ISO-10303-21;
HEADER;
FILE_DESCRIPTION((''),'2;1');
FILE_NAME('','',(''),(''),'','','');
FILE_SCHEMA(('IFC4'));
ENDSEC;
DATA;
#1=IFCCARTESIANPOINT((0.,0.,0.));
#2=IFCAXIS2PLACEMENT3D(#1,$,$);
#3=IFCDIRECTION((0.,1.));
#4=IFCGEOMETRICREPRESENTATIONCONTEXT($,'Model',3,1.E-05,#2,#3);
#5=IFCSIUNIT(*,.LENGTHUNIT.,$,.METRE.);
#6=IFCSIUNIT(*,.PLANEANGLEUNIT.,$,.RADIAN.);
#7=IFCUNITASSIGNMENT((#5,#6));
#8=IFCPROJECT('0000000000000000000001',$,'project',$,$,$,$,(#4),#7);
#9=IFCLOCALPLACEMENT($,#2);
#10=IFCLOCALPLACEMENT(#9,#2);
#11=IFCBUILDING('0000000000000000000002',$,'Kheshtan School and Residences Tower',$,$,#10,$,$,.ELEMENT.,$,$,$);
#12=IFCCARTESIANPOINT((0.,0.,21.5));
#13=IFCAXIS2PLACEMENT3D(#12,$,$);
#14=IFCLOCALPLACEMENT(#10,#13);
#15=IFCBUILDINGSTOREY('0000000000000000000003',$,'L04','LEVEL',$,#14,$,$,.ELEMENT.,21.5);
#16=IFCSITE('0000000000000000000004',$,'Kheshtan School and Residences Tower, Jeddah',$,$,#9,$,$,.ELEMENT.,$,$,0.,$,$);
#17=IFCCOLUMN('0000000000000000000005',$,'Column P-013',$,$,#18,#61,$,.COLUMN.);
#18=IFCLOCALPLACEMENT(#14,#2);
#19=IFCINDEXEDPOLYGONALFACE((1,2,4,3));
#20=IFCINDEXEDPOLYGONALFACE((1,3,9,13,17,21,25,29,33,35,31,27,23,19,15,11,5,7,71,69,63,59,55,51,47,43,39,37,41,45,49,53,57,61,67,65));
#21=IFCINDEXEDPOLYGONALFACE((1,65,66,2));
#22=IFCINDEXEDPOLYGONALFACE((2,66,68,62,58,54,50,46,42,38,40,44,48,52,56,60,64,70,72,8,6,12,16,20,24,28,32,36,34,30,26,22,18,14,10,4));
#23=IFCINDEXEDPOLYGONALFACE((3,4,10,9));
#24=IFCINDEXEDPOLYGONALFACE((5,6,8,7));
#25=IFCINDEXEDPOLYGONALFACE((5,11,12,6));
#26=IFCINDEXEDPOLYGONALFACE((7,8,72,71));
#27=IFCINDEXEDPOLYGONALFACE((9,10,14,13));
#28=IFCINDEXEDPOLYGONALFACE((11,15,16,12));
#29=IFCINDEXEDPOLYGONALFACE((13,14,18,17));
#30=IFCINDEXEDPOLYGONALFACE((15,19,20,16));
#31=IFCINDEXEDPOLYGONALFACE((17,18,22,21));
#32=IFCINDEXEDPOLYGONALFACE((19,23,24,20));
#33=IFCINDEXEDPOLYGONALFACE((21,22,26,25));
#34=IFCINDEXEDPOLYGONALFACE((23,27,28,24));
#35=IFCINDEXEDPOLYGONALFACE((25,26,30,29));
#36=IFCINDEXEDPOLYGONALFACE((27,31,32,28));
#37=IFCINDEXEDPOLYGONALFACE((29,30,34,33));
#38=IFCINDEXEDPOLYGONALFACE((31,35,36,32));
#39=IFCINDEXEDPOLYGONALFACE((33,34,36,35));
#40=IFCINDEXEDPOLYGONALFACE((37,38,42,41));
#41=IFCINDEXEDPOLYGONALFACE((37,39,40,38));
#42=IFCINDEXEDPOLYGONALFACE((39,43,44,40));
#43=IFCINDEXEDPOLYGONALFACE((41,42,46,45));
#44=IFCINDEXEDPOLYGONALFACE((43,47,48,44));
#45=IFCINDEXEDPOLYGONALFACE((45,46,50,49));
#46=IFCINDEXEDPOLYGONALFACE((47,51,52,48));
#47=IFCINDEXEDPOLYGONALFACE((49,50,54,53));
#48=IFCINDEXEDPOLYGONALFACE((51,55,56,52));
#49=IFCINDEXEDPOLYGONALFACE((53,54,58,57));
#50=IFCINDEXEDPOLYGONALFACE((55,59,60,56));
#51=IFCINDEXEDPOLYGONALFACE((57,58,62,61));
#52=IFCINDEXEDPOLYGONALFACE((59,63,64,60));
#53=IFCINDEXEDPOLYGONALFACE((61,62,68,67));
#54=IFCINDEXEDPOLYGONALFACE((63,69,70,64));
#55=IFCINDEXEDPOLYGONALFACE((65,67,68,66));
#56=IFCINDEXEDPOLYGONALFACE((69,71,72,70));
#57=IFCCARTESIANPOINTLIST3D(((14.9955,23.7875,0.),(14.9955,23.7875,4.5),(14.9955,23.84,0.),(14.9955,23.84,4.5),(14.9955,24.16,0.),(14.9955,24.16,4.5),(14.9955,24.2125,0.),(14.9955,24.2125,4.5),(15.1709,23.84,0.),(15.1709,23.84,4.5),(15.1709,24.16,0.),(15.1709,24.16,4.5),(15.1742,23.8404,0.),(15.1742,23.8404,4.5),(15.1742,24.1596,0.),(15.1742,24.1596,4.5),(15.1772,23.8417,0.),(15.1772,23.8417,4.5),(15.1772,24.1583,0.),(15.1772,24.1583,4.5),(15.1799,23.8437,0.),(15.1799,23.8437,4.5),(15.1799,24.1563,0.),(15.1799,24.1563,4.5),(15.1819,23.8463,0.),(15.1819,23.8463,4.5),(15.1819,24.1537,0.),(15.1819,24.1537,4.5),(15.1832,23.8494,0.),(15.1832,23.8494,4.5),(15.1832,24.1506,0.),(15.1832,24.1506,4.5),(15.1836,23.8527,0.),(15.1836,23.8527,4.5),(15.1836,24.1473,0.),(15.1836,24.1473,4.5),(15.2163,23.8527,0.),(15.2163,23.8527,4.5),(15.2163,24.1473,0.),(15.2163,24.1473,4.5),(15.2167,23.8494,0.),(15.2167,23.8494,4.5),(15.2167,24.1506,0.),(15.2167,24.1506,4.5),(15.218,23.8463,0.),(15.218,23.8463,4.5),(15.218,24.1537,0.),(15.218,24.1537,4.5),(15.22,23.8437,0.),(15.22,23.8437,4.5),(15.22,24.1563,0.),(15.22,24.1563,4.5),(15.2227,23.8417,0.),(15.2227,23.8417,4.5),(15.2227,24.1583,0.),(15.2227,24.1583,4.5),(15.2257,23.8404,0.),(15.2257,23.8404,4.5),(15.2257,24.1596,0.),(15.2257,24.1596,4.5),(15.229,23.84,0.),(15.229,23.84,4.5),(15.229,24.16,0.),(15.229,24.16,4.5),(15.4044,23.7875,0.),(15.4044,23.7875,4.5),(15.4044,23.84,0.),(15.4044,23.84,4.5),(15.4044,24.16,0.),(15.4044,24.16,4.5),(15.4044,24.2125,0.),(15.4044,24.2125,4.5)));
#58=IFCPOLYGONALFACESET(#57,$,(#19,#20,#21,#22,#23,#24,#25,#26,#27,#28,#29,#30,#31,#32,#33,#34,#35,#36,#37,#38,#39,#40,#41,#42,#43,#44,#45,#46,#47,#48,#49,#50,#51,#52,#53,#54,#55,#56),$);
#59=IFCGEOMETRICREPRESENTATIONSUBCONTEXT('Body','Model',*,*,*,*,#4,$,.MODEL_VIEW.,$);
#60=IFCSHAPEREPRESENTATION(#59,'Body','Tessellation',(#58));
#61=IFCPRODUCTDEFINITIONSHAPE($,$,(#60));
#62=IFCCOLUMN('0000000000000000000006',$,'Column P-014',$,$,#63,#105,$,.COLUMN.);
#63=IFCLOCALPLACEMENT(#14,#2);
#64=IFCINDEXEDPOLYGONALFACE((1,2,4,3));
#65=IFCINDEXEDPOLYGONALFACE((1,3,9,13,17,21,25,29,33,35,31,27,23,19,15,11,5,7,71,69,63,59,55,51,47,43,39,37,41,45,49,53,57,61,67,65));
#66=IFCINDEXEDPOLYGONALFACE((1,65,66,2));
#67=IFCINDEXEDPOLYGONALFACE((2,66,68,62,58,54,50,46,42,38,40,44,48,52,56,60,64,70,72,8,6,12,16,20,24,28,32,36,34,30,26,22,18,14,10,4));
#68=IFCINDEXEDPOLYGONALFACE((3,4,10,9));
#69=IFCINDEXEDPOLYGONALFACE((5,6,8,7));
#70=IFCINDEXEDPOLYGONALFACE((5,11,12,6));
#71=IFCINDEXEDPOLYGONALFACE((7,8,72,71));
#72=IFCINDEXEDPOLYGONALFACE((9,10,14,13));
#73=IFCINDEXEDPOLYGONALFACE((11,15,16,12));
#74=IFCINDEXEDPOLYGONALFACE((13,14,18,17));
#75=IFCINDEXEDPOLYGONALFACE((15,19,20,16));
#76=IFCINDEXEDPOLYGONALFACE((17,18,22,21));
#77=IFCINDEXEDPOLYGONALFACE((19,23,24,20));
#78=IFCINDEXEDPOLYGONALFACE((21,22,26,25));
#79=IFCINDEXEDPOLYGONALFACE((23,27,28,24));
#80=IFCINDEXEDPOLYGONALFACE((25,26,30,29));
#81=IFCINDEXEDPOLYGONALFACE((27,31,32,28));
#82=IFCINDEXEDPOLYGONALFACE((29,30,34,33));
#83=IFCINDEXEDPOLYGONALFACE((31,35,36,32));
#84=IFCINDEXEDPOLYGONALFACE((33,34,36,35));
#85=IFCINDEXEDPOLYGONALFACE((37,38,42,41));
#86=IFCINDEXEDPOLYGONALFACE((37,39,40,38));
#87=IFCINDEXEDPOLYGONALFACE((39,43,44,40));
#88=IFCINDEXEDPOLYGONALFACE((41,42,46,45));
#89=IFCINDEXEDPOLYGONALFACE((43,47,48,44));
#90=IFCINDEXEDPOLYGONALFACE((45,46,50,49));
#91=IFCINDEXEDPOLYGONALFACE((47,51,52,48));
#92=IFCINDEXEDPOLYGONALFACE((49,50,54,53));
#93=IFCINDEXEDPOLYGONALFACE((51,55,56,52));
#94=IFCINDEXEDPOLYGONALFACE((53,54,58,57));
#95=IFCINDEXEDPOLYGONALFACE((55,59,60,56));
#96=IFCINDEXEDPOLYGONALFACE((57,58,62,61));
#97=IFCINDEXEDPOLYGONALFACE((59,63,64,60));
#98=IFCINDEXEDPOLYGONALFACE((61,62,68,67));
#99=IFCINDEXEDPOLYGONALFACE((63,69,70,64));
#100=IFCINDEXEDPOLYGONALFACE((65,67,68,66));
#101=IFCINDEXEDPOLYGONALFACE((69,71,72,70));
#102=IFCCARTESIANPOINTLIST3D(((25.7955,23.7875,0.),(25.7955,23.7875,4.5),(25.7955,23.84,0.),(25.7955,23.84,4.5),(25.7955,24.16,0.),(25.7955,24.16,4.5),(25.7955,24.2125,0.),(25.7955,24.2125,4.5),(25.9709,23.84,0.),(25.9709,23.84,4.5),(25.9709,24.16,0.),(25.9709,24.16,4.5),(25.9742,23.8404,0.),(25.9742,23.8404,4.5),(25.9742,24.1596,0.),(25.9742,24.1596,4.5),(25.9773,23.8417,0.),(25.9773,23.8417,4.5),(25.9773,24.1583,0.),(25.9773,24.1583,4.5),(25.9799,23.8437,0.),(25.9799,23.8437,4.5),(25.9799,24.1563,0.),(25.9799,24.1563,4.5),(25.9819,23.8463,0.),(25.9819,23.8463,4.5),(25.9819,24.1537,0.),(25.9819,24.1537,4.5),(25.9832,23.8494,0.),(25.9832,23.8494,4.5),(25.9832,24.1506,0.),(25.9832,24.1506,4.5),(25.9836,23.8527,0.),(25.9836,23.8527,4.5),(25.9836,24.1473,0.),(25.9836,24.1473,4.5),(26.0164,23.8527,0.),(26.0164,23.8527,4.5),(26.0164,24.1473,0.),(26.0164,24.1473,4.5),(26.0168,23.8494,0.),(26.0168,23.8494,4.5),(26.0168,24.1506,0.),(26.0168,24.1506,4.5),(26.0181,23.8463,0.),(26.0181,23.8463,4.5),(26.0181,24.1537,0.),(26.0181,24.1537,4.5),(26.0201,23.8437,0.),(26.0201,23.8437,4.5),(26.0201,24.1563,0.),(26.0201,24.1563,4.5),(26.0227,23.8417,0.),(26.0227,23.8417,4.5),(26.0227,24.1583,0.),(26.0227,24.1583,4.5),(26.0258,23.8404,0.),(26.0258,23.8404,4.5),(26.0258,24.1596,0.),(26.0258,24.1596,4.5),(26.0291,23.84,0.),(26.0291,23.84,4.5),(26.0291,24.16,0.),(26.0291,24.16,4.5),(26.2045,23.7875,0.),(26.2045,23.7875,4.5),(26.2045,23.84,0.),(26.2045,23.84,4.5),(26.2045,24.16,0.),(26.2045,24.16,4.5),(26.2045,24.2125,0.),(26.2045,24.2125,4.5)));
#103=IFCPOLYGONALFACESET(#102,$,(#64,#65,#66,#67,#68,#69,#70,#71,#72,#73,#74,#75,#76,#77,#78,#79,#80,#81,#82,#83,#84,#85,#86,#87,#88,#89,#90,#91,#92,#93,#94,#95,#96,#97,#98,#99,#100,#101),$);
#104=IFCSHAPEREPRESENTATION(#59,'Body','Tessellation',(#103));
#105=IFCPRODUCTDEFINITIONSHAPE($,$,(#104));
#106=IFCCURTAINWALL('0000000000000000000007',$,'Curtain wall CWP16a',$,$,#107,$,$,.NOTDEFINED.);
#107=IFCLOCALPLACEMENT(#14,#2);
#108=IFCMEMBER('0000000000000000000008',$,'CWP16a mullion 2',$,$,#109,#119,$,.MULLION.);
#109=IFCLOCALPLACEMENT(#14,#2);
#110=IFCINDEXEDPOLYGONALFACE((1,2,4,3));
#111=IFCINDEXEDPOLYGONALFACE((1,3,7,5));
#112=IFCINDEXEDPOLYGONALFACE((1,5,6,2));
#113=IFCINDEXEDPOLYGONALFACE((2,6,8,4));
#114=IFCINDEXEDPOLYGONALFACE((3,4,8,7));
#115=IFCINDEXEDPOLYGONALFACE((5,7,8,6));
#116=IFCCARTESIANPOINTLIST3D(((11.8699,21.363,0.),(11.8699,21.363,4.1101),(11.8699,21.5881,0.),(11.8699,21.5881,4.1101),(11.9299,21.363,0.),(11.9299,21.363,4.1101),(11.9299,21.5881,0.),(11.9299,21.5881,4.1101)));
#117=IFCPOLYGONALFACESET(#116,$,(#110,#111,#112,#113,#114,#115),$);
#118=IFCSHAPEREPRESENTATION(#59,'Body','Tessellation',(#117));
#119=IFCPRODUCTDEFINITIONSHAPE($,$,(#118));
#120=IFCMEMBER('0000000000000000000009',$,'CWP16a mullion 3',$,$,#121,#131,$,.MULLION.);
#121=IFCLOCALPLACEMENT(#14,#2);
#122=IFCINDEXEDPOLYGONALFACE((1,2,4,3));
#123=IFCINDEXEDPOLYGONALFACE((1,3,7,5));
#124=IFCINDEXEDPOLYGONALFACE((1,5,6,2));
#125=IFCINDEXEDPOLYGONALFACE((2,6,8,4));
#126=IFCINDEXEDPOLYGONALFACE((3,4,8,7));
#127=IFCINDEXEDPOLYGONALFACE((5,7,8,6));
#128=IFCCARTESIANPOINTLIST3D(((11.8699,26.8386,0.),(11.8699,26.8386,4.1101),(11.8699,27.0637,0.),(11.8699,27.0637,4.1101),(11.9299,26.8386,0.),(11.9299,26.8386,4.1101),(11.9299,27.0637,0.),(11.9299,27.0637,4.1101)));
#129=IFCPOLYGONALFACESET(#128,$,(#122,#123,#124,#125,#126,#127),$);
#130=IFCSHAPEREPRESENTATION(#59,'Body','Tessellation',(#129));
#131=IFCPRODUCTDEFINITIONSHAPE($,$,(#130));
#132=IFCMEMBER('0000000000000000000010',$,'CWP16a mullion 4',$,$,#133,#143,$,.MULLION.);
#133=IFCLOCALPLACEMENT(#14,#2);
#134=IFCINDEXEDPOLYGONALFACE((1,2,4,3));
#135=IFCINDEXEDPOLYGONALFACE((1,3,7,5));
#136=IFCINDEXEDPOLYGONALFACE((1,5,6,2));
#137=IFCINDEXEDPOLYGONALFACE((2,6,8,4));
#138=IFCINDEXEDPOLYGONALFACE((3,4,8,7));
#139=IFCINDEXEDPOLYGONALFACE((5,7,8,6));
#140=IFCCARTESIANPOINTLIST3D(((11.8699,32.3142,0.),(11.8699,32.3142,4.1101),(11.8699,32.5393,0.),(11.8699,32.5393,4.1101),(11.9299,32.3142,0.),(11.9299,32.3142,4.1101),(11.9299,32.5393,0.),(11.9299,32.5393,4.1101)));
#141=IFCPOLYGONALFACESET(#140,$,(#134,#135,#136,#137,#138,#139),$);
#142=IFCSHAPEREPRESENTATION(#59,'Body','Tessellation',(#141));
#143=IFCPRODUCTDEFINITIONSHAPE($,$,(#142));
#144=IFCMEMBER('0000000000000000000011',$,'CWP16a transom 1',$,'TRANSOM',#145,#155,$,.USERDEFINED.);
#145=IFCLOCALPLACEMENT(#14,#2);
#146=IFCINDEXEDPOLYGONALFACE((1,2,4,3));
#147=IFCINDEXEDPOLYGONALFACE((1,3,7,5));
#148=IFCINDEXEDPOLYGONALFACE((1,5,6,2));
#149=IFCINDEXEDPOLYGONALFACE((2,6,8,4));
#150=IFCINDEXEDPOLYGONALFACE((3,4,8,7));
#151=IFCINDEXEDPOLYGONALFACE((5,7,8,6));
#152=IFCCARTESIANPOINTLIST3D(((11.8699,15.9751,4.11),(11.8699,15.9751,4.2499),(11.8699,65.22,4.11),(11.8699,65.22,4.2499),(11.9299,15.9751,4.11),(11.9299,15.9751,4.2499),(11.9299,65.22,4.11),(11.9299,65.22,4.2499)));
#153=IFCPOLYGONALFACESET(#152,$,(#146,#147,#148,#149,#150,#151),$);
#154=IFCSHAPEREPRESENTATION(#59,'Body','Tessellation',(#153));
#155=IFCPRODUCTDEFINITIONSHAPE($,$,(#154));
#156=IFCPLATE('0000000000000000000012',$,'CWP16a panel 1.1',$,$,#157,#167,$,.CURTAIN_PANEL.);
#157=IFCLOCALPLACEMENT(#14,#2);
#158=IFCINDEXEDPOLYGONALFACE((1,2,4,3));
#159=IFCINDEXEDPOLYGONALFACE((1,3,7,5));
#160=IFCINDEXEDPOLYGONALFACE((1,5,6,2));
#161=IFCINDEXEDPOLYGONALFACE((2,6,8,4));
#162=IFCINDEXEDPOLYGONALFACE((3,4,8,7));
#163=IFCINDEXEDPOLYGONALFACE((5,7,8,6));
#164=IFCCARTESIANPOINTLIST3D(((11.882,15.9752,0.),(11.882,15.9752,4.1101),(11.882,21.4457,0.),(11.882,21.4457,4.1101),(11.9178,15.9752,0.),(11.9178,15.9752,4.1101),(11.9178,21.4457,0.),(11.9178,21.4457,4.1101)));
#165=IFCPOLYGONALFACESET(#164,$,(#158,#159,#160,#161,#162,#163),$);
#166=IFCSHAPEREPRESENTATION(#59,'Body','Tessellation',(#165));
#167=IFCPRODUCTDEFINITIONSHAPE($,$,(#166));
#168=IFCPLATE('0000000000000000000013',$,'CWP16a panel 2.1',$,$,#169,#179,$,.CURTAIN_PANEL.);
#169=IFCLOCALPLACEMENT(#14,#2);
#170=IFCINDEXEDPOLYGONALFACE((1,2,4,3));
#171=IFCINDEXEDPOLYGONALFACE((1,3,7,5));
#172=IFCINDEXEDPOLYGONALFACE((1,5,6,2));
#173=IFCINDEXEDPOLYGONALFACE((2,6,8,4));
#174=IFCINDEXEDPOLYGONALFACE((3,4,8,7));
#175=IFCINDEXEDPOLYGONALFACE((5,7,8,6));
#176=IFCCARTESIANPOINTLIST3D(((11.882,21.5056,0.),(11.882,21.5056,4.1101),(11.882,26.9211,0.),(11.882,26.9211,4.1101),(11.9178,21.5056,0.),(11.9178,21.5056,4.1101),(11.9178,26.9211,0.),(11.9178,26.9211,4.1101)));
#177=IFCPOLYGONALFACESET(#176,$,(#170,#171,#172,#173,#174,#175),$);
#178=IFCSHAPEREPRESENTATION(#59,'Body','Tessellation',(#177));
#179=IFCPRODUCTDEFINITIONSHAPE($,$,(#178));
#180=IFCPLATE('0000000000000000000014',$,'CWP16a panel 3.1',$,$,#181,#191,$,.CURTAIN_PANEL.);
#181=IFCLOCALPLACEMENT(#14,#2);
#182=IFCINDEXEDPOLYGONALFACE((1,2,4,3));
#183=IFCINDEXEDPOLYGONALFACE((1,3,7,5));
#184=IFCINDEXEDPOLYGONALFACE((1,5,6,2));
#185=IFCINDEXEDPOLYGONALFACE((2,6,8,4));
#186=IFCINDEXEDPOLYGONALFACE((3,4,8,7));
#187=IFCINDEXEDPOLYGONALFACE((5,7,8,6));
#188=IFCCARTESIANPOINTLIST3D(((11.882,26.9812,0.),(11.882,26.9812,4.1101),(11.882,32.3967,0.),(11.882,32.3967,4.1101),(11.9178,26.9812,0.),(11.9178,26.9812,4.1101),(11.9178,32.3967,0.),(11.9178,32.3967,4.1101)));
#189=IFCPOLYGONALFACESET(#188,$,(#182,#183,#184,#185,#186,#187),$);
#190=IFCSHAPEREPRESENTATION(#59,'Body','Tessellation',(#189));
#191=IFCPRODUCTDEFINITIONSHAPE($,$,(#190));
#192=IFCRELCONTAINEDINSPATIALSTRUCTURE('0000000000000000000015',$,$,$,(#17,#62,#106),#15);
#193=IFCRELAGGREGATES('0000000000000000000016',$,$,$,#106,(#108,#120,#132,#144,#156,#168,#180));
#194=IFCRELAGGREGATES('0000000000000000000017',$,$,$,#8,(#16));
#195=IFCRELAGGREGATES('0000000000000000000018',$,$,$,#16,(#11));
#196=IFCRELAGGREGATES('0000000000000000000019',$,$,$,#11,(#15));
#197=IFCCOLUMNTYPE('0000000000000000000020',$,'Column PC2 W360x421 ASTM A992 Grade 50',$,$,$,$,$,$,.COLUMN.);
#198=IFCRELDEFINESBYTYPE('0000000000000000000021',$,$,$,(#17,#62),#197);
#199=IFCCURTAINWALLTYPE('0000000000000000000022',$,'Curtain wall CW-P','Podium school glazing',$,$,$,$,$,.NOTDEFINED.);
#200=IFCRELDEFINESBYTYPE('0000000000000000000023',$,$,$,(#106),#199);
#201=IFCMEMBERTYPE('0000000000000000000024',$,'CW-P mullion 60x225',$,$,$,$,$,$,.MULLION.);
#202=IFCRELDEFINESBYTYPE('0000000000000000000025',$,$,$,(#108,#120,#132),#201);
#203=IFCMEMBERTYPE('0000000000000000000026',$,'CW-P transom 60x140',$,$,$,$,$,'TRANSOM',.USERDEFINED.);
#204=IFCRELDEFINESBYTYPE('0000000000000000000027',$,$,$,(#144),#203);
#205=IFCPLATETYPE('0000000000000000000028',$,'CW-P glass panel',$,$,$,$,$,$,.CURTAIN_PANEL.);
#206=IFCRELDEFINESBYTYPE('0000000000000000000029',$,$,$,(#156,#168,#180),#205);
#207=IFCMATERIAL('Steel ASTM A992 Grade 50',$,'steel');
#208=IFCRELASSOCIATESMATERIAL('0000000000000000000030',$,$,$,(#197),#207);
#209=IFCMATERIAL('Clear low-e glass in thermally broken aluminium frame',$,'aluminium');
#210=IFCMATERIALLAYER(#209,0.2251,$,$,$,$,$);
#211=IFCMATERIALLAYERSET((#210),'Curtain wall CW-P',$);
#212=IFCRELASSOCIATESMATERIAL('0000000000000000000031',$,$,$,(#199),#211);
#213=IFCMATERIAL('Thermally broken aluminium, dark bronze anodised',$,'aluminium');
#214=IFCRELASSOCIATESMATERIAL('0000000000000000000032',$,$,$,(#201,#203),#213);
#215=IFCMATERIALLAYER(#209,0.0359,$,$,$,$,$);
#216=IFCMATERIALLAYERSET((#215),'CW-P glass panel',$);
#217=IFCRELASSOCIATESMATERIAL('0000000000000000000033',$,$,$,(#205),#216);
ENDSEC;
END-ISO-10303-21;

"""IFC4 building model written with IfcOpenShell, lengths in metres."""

from ifc_helpers import new_model, si_unit, direction, frame, origin, origin_2d, place, context, subcontext, project, spatial, rectangle, i_section, extrude, material, layer, layer_set, material_profile, profile_set, type_object, element, aggregate, save


model = new_model("IFC4")

# Units and contexts
model_context = context("Model", 3, precision=1e-05, world=origin(), true_north=direction((0.0, 1.0)))
body_context = subcontext(model_context, "Body", "Model", "MODEL_VIEW")
ifc_project = project(units=[si_unit("LENGTHUNIT", "METRE"), si_unit("PLANEANGLEUNIT", "RADIAN")], contexts=[model_context])

# Site, building, storey
site_placement = place(None, origin())
site = spatial("IfcSite", under=ifc_project, at=site_placement, Name="Kheshtan School and Residences Tower, Jeddah", CompositionType="ELEMENT", RefElevation=0.0)
building_placement = place(site_placement, origin())
building = spatial("IfcBuilding", under=site, at=building_placement, Name="Kheshtan School and Residences Tower", CompositionType="ELEMENT")
storey_placement = place(building_placement, frame((0.0, 0.0, 21.5)))
storey = spatial("IfcBuildingStorey", under=building, at=storey_placement, Name="L04", Description="LEVEL", CompositionType="ELEMENT", Elevation=21.5)

# Columns
ifc_material_1 = material(Name="Steel ASTM A992 Grade 50", Category="steel")
ifc_material_profile_1 = material_profile(ifc_material_1, i_section(OverallWidth=0.4089, OverallDepth=0.425, WebThickness=0.0327, FlangeThickness=0.0525, FilletRadius=0.0127, at=origin_2d()), Name="W360x421")
ifc_profile_set_1 = profile_set([ifc_material_profile_1], Name="Steel ASTM A992 Grade 50")
column_type = type_object("IfcColumnType", Name="Column PC2 W360x421 ASTM A992 Grade 50", PredefinedType="COLUMN", material=ifc_profile_set_1)
for number, where, z_axis, x_axis, name in (
    (1, (15.2, 24.0, 0.0), (0.0, 0.0, 1.0), (1.0, 0.0, 0.0), "Column P-013"),
    (2, (26.0, 24.0, 0.0), (0.0, 0.0, 1.0), (1.0, 0.0, 0.0), "Column P-014"),
):
    element("IfcColumn", number, at=place(storey_placement, frame(where, z_axis=z_axis, x_axis=x_axis)), inside=storey, type_object=column_type, Name=name, PredefinedType="COLUMN", context=body_context, shape_type="SweptSolid", body=[
        extrude(i_section(OverallWidth=0.4089, OverallDepth=0.425, WebThickness=0.0327, FlangeThickness=0.0525, FilletRadius=0.0127, at=origin_2d()), origin(), (0.0, 0.0, 1.0), 4.5),
    ])

# Curtain wall, members, plates
ifc_material_2 = material(Name="Clear low-e glass in thermally broken aluminium frame", Category="aluminium")
ifc_layer_1 = layer(ifc_material_2, 0.2251)
ifc_layer_set_1 = layer_set([ifc_layer_1], Name="Curtain wall CW-P")
curtain_wall_type = type_object("IfcCurtainWallType", Name="Curtain wall CW-P", Description="Podium school glazing", PredefinedType="NOTDEFINED", material=ifc_layer_set_1)
curtain_wall_placement = place(storey_placement, origin())
curtain_wall = element("IfcCurtainWall", 3, at=curtain_wall_placement, inside=storey, type_object=curtain_wall_type, Name="Curtain wall CWP16a", PredefinedType="NOTDEFINED")
ifc_material_3 = material(Name="Thermally broken aluminium, dark bronze anodised", Category="aluminium")
ifc_material_profile_2 = material_profile(ifc_material_3, rectangle(XDim=0.0601, YDim=0.2251, at=origin_2d()), Name="CW-P mullion 60x225")
ifc_profile_set_2 = profile_set([ifc_material_profile_2], Name="Thermally broken aluminium, dark bronze anodised")
member_type_1 = type_object("IfcMemberType", Name="CW-P mullion 60x225", PredefinedType="MULLION", material=ifc_profile_set_2)
member_1_placement = place(storey_placement, frame((11.8999, 21.4756, 0.0), z_axis=(0.0, 0.0, 1.0), x_axis=(-1.0, 0.0, 0.0)))
member_1 = element("IfcMember", 4, at=member_1_placement, type_object=member_type_1, Name="CWP16a mullion 2", PredefinedType="MULLION", context=body_context, shape_type="SweptSolid", body=[
    extrude(rectangle(XDim=0.0601, YDim=0.2251, at=origin_2d()), origin(), (0.0, 0.0, 1.0), 4.1101),
])
member_2_placement = place(storey_placement, frame((11.8999, 26.9512, 0.0), z_axis=(0.0, 0.0, 1.0), x_axis=(-1.0, 0.0, 0.0)))
member_2 = element("IfcMember", 5, at=member_2_placement, type_object=member_type_1, Name="CWP16a mullion 3", PredefinedType="MULLION", context=body_context, shape_type="SweptSolid", body=[
    extrude(rectangle(XDim=0.0601, YDim=0.2251, at=origin_2d()), origin(), (0.0, 0.0, 1.0), 4.1101),
])
member_3_placement = place(storey_placement, frame((11.8999, 32.4268, 0.0), z_axis=(0.0, 0.0, 1.0), x_axis=(-1.0, 0.0, 0.0)))
member_3 = element("IfcMember", 6, at=member_3_placement, type_object=member_type_1, Name="CWP16a mullion 4", PredefinedType="MULLION", context=body_context, shape_type="SweptSolid", body=[
    extrude(rectangle(XDim=0.0601, YDim=0.2251, at=origin_2d()), origin(), (0.0, 0.0, 1.0), 4.1101),
])
ifc_material_profile_3 = material_profile(ifc_material_3, rectangle(XDim=0.0601, YDim=0.1399, at=origin_2d()), Name="CW-P transom 60x140")
ifc_profile_set_3 = profile_set([ifc_material_profile_3], Name="Thermally broken aluminium, dark bronze anodised")
member_type_2 = type_object("IfcMemberType", Name="CW-P transom 60x140", ElementType="TRANSOM", PredefinedType="USERDEFINED", material=ifc_profile_set_3)
member_4_placement = place(storey_placement, frame((11.8999, 15.9751, 4.1799), z_axis=(0.0, 1.0, 0.0), x_axis=(-1.0, 0.0, 0.0)))
member_4 = element("IfcMember", 7, at=member_4_placement, type_object=member_type_2, Name="CWP16a transom 1", ObjectType="TRANSOM", PredefinedType="USERDEFINED", context=body_context, shape_type="SweptSolid", body=[
    extrude(rectangle(XDim=0.0601, YDim=0.1399, at=origin_2d()), origin(), (0.0, 0.0, 1.0), 49.2449),
])
ifc_layer_2 = layer(ifc_material_2, 0.0359)
ifc_layer_set_2 = layer_set([ifc_layer_2], Name="CW-P glass panel")
plate_type = type_object("IfcPlateType", Name="CW-P glass panel", PredefinedType="CURTAIN_PANEL", material=ifc_layer_set_2)
plate_1_placement = place(storey_placement, frame((11.8999, 18.7104, 0.0), z_axis=(0.0, 0.0, 1.0), x_axis=(0.0, 1.0, 0.0)))
plate_1 = element("IfcPlate", 8, at=plate_1_placement, type_object=plate_type, Name="CWP16a panel 1.1", PredefinedType="CURTAIN_PANEL", context=body_context, shape_type="SweptSolid", body=[
    extrude(rectangle(XDim=5.4705, YDim=0.0359, at=origin_2d()), origin(), (0.0, 0.0, 1.0), 4.1101),
])
plate_2_placement = place(storey_placement, frame((11.8999, 24.2134, 0.0), z_axis=(0.0, 0.0, 1.0), x_axis=(0.0, 1.0, 0.0)))
plate_2 = element("IfcPlate", 9, at=plate_2_placement, type_object=plate_type, Name="CWP16a panel 2.1", PredefinedType="CURTAIN_PANEL", context=body_context, shape_type="SweptSolid", body=[
    extrude(rectangle(XDim=5.4155, YDim=0.0359, at=origin_2d()), origin(), (0.0, 0.0, 1.0), 4.1101),
])
plate_3_placement = place(storey_placement, frame((11.8999, 29.689, 0.0), z_axis=(0.0, 0.0, 1.0), x_axis=(0.0, 1.0, 0.0)))
plate_3 = element("IfcPlate", 10, at=plate_3_placement, type_object=plate_type, Name="CWP16a panel 3.1", PredefinedType="CURTAIN_PANEL", context=body_context, shape_type="SweptSolid", body=[
    extrude(rectangle(XDim=5.4155, YDim=0.0359, at=origin_2d()), origin(), (0.0, 0.0, 1.0), 4.1101),
])
aggregate(curtain_wall, [member_1, member_2, member_3, member_4, plate_1, plate_2, plate_3])

save(model, "model.ifc")
